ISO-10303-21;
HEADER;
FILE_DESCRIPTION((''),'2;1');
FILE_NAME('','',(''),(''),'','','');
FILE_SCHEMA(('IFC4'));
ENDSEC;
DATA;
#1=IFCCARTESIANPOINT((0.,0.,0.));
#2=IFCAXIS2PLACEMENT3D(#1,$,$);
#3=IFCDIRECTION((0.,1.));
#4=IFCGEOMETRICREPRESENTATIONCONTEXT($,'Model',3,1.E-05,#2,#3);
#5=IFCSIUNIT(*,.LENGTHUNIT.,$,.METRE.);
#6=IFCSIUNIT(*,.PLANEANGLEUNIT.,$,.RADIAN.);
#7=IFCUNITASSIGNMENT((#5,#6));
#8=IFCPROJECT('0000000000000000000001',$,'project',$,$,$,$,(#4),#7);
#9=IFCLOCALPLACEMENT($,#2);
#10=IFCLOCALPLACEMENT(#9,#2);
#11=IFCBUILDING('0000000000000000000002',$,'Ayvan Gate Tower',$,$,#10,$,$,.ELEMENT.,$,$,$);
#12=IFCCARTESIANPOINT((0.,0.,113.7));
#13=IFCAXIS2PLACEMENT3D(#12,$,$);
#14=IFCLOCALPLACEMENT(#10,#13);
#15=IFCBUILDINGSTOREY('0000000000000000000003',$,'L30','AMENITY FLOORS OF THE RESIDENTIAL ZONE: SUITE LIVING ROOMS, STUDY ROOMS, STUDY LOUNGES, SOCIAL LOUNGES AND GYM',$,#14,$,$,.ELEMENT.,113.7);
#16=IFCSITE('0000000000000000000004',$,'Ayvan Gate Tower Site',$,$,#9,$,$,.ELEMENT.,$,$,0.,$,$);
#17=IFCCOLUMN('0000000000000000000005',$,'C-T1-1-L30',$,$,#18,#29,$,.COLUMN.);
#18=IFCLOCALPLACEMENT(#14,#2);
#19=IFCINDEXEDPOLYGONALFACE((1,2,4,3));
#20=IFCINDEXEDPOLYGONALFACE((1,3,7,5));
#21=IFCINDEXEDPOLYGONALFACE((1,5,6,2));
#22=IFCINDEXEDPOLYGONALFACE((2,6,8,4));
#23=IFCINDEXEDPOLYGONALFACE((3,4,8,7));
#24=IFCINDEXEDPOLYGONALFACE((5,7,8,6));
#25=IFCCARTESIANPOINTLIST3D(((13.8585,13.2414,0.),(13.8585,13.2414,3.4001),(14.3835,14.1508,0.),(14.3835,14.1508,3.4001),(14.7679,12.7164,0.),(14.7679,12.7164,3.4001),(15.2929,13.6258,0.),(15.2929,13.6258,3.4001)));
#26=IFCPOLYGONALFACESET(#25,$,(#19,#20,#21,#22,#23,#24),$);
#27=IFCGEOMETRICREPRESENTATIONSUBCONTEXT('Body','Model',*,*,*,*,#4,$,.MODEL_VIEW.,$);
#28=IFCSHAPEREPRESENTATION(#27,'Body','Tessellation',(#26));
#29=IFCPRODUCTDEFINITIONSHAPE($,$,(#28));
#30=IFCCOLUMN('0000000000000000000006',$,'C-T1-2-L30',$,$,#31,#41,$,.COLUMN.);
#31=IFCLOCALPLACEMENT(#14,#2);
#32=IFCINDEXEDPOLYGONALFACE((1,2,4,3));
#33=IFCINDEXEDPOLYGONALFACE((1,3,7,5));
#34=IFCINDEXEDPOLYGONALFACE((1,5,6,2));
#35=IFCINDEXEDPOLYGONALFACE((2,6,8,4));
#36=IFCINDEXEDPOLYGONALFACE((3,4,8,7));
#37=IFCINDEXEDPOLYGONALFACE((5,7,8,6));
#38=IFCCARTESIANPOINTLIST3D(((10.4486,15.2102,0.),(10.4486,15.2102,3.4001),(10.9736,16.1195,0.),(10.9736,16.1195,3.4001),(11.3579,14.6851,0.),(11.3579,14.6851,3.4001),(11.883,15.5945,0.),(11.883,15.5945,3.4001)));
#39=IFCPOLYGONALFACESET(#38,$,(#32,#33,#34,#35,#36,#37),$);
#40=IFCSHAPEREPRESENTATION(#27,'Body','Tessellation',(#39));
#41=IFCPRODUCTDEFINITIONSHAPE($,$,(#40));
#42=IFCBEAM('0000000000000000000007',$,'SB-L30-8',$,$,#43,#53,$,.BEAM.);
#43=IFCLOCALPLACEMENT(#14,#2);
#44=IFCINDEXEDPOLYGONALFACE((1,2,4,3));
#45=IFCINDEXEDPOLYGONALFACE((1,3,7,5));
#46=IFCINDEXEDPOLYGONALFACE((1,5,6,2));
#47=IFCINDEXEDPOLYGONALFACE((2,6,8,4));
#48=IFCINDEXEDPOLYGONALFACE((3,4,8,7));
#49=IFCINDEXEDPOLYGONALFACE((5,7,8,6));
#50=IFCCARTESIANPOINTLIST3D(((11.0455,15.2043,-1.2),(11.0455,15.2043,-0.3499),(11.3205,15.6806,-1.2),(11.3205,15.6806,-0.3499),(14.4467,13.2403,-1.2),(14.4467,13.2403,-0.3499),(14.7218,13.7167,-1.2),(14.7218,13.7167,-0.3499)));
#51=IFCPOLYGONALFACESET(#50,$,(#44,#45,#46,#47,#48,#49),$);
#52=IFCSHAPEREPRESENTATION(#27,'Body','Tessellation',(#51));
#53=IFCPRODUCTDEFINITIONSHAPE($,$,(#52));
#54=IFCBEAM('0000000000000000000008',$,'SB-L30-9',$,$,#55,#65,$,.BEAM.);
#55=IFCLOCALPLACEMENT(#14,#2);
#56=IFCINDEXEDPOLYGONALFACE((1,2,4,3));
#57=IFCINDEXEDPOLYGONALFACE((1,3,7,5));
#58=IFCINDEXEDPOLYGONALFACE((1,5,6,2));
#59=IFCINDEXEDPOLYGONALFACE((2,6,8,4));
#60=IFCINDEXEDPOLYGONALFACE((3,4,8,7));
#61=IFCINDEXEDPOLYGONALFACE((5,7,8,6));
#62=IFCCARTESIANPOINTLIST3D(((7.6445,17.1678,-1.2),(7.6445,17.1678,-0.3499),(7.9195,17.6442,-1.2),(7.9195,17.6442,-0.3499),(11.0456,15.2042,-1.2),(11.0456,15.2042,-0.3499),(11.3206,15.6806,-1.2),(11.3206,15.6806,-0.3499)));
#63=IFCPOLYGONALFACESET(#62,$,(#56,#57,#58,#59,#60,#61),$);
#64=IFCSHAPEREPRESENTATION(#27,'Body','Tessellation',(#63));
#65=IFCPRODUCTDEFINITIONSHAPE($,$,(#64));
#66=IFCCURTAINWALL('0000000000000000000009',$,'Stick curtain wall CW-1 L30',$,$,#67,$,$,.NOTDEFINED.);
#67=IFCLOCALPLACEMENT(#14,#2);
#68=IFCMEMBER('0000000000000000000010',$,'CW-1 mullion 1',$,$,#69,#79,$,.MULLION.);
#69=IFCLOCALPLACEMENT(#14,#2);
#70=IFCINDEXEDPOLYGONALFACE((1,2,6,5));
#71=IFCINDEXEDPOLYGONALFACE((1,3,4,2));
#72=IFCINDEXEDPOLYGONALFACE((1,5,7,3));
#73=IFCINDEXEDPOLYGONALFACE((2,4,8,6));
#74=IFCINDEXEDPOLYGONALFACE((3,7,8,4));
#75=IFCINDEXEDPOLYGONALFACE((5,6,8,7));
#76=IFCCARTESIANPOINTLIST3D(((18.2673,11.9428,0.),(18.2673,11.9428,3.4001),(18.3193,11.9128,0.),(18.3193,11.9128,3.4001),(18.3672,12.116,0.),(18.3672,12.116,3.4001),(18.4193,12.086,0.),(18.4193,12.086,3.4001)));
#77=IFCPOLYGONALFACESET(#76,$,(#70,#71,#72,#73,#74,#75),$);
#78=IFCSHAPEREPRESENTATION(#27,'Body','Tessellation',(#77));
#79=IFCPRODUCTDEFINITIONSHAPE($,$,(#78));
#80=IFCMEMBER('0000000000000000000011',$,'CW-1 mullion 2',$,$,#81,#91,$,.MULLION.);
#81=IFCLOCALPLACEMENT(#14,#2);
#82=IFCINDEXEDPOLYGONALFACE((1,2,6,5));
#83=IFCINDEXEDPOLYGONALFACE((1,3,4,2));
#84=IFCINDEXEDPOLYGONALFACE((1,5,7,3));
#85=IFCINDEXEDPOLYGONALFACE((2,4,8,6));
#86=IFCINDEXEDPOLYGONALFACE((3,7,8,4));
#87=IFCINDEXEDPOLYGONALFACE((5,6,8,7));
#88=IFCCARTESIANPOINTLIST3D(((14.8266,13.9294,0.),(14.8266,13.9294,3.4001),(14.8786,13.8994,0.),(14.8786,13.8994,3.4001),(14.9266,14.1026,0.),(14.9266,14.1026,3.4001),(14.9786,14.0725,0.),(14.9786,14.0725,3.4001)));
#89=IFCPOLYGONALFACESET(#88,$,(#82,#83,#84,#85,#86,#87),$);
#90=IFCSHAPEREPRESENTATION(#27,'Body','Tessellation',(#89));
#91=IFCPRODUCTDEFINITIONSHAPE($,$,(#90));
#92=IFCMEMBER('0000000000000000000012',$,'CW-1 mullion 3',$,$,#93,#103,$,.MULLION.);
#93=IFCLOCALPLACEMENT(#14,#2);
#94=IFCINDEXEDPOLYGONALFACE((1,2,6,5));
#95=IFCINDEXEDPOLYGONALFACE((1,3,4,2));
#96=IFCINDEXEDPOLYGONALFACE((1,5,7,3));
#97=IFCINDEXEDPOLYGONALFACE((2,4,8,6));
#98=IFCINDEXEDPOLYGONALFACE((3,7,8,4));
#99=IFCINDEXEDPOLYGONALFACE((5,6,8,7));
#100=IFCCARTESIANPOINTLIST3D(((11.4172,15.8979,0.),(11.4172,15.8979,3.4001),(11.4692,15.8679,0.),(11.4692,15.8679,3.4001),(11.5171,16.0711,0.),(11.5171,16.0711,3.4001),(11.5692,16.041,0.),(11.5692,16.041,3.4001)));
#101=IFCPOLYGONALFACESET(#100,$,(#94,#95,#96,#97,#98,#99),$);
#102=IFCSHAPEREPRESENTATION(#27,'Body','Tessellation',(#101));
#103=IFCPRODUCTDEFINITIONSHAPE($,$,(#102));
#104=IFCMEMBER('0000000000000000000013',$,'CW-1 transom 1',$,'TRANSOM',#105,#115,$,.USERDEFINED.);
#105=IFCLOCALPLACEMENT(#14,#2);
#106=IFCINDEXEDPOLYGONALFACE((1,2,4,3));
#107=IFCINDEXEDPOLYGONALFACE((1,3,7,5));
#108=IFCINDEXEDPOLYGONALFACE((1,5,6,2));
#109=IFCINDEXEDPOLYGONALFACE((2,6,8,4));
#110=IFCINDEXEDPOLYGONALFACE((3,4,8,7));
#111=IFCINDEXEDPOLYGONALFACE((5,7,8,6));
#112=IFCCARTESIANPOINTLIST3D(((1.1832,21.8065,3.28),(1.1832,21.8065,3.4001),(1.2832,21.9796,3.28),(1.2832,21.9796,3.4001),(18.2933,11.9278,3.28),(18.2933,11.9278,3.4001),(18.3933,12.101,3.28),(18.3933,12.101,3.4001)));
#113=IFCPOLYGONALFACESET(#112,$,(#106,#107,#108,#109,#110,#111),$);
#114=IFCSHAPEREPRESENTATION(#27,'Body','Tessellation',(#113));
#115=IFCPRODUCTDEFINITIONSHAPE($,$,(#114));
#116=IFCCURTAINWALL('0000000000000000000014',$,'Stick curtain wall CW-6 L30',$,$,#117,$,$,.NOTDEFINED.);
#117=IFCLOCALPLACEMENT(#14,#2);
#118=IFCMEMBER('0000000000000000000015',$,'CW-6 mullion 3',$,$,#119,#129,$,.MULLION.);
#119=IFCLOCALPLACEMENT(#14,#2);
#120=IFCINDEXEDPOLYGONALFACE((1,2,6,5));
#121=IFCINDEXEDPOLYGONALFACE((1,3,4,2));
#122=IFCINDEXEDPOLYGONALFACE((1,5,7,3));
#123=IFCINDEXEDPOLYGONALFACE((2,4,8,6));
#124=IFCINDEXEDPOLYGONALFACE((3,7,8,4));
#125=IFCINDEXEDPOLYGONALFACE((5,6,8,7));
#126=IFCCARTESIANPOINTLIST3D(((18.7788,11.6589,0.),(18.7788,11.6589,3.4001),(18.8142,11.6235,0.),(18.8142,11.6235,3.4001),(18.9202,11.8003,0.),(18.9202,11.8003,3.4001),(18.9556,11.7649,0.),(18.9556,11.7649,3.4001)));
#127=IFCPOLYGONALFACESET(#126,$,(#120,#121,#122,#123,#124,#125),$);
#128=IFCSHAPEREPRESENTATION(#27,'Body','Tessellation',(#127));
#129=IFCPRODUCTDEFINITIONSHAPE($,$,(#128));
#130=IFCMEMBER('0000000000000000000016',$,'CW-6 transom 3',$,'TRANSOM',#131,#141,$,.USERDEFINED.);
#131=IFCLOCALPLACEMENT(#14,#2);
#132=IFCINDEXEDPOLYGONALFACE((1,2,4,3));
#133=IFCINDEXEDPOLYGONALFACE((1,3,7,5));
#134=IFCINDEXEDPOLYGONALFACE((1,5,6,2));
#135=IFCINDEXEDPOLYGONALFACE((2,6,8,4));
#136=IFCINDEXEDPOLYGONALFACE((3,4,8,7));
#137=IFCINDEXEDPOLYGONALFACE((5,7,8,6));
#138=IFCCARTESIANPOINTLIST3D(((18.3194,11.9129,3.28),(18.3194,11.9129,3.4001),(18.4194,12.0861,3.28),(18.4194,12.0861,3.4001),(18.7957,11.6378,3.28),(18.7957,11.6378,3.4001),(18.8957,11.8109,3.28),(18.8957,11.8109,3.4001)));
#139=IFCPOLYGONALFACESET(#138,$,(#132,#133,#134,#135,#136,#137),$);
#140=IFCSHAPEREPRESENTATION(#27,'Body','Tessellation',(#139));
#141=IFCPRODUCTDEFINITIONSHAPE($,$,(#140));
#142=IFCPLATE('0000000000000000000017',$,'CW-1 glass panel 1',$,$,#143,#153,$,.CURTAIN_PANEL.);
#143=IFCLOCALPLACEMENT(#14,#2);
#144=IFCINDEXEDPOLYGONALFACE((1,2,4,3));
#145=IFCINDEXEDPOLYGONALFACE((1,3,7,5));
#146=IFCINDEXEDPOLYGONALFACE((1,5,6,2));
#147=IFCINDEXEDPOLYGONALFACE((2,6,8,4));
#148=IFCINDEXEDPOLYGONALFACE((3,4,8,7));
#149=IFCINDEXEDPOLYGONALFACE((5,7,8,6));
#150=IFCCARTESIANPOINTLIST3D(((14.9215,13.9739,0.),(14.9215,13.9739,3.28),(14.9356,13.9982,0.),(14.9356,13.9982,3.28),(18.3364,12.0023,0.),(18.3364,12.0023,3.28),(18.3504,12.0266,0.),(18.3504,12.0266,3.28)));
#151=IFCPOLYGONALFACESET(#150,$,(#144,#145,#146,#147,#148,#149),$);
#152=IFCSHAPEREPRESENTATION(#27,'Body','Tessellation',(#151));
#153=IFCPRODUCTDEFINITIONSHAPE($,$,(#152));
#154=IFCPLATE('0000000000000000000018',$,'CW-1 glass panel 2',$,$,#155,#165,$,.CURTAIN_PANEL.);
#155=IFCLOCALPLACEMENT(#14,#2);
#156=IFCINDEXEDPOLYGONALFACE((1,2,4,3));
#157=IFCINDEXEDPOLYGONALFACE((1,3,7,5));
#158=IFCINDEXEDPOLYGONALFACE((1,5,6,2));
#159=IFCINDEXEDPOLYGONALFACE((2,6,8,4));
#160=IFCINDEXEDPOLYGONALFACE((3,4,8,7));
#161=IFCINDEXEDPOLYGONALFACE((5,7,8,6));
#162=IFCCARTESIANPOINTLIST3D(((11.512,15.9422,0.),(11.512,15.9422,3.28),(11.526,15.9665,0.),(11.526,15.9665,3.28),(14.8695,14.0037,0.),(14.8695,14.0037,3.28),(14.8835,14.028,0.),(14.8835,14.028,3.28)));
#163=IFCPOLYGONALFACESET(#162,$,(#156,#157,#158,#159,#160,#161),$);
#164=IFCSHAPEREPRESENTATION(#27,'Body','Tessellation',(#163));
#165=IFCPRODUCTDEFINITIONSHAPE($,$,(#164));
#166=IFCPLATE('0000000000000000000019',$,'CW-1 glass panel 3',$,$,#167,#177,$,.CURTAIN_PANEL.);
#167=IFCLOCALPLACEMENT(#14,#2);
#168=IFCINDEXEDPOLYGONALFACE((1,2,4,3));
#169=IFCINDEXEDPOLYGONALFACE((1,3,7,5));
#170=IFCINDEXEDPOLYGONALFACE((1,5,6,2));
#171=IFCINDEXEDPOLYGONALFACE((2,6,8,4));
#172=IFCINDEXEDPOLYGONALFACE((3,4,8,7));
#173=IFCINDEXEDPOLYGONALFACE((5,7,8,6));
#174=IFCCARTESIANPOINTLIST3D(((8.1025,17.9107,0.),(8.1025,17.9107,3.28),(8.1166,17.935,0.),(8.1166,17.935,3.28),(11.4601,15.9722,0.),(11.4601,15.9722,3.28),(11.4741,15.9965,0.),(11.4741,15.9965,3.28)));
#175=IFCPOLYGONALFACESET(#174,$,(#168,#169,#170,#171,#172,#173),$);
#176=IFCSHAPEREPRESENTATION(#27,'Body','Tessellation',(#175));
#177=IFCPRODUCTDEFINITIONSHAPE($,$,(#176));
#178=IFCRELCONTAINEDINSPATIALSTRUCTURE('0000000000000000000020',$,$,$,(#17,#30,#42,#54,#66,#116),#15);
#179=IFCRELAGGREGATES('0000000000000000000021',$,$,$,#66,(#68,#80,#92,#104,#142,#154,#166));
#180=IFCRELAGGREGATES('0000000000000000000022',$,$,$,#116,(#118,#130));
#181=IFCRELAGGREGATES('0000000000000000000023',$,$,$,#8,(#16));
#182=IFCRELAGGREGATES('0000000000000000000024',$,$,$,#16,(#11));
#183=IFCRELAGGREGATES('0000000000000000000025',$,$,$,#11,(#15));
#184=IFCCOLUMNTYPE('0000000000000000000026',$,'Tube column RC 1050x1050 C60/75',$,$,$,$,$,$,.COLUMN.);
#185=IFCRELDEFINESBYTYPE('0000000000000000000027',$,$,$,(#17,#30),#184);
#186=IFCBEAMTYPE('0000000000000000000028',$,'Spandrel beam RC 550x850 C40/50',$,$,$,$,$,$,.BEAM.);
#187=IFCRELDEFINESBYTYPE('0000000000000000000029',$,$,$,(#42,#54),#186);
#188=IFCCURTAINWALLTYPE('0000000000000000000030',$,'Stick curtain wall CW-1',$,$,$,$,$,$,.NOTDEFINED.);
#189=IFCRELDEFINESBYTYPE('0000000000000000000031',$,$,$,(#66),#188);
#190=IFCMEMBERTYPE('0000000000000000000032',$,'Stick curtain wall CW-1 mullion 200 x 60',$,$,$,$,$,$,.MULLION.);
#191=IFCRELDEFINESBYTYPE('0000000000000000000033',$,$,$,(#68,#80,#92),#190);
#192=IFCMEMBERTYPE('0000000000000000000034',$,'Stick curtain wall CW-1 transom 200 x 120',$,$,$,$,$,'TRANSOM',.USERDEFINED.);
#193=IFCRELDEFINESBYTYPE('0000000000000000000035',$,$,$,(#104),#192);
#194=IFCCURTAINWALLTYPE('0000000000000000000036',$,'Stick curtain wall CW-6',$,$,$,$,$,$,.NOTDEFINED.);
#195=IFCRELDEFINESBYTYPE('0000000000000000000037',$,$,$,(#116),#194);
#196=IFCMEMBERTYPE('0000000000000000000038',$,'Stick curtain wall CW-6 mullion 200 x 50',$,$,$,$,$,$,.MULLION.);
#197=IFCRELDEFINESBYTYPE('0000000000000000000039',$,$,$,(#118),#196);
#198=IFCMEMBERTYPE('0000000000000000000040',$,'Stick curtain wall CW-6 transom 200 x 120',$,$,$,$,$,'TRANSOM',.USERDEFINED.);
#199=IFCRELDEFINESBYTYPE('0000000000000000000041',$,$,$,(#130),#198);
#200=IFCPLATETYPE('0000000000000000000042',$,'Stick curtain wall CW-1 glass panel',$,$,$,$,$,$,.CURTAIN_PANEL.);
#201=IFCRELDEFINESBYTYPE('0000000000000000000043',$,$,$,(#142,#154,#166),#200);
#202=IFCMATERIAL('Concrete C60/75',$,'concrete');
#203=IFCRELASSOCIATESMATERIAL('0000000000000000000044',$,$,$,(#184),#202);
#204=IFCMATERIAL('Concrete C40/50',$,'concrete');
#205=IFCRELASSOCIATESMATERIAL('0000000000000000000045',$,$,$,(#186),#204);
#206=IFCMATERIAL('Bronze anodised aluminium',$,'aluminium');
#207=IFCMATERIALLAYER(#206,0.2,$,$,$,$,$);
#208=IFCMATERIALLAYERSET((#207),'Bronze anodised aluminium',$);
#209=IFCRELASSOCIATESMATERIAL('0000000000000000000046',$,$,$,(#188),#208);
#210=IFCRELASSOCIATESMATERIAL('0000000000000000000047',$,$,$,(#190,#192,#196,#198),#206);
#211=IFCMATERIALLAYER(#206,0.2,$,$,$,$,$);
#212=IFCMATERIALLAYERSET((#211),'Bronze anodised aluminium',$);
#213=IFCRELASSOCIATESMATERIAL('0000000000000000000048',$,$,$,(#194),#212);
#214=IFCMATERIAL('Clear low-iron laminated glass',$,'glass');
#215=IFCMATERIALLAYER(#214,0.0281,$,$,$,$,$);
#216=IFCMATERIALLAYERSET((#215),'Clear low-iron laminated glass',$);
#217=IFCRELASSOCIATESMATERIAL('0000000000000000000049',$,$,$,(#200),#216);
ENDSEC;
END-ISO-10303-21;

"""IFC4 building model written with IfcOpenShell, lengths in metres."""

from ifc_helpers import new_model, si_unit, direction, frame, origin, origin_2d, place, context, subcontext, project, spatial, rectangle, extrude, material, layer, layer_set, material_profile, profile_set, type_object, element, aggregate, save


model = new_model("IFC4")

# Units and contexts
model_context = context("Model", 3, precision=1e-05, world=origin(), true_north=direction((0.0, 1.0)))
body_context = subcontext(model_context, "Body", "Model", "MODEL_VIEW")
ifc_project = project(units=[si_unit("LENGTHUNIT", "METRE"), si_unit("PLANEANGLEUNIT", "RADIAN")], contexts=[model_context])

# Site, building, storey
site_placement = place(None, origin())
site = spatial("IfcSite", under=ifc_project, at=site_placement, Name="Ayvan Gate Tower Site", CompositionType="ELEMENT", RefElevation=0.0)
building_placement = place(site_placement, origin())
building = spatial("IfcBuilding", under=site, at=building_placement, Name="Ayvan Gate Tower", CompositionType="ELEMENT")
storey_placement = place(building_placement, frame((0.0, 0.0, 113.7)))
storey = spatial("IfcBuildingStorey", under=building, at=storey_placement, Name="L30", Description="AMENITY FLOORS OF THE RESIDENTIAL ZONE: SUITE LIVING ROOMS, STUDY ROOMS, STUDY LOUNGES, SOCIAL LOUNGES AND GYM", CompositionType="ELEMENT", Elevation=113.7)

# Columns
ifc_material_1 = material(Name="Concrete C60/75", Category="concrete")
ifc_material_profile_1 = material_profile(ifc_material_1, rectangle(XDim=1.05, YDim=1.05, at=origin_2d()), Name="RC 1050x1050")
ifc_profile_set_1 = profile_set([ifc_material_profile_1], Name="Concrete C60/75")
column_type = type_object("IfcColumnType", Name="Tube column RC 1050x1050 C60/75", PredefinedType="COLUMN", material=ifc_profile_set_1)
for number, where, z_axis, x_axis, name in (
    (1, (14.5757, 13.4336, 0.0), (0.0, 0.0, 1.0), (0.5, 0.866025, 0.0), "C-T1-1-L30"),
    (2, (11.1658, 15.4023, 0.0), (0.0, 0.0, 1.0), (0.5, 0.866025, 0.0), "C-T1-2-L30"),
):
    element("IfcColumn", number, at=place(storey_placement, frame(where, z_axis=z_axis, x_axis=x_axis)), inside=storey, type_object=column_type, Name=name, PredefinedType="COLUMN", context=body_context, shape_type="SweptSolid", body=[
        extrude(rectangle(XDim=1.05, YDim=1.05, at=origin_2d()), origin(), (0.0, 0.0, 1.0), 3.4001),
    ])

# Beams
ifc_material_2 = material(Name="Concrete C40/50", Category="concrete")
ifc_material_profile_2 = material_profile(ifc_material_2, rectangle(XDim=0.55, YDim=0.8501, at=origin_2d()), Name="RC 550x850")
ifc_profile_set_2 = profile_set([ifc_material_profile_2], Name="Concrete C40/50")
beam_type = type_object("IfcBeamType", Name="Spandrel beam RC 550x850 C40/50", PredefinedType="BEAM", material=ifc_profile_set_2)
beam_1_placement = place(storey_placement, frame((14.5842, 13.4785, -0.7749), z_axis=(-0.866, 0.500044, 0.0), x_axis=(-0.500044, -0.866, 0.0)))
element("IfcBeam", 3, at=beam_1_placement, inside=storey, type_object=beam_type, Name="SB-L30-8", PredefinedType="BEAM", context=body_context, shape_type="SweptSolid", body=[
    extrude(rectangle(XDim=0.55, YDim=0.8501, at=origin_2d()), origin(), (0.0, 0.0, 1.0), 3.9275),
])
beam_2_placement = place(storey_placement, frame((11.1831, 15.4424, -0.7749), z_axis=(-0.866027, 0.499997, 0.0), x_axis=(-0.499997, -0.866027, 0.0)))
element("IfcBeam", 4, at=beam_2_placement, inside=storey, type_object=beam_type, Name="SB-L30-9", PredefinedType="BEAM", context=body_context, shape_type="SweptSolid", body=[
    extrude(rectangle(XDim=0.55, YDim=0.8501, at=origin_2d()), origin(), (0.0, 0.0, 1.0), 3.9272),
])

# Curtain walls, members
ifc_material_3 = material(Name="Bronze anodised aluminium", Category="aluminium")
ifc_layer_1 = layer(ifc_material_3, 0.2)
ifc_layer_set_1 = layer_set([ifc_layer_1], Name="Bronze anodised aluminium")
curtain_wall_type_1 = type_object("IfcCurtainWallType", Name="Stick curtain wall CW-1", PredefinedType="NOTDEFINED", material=ifc_layer_set_1)
curtain_wall_1_placement = place(storey_placement, origin())
curtain_wall_1 = element("IfcCurtainWall", 5, at=curtain_wall_1_placement, inside=storey, type_object=curtain_wall_type_1, Name="Stick curtain wall CW-1 L30", PredefinedType="NOTDEFINED")
ifc_material_profile_3 = material_profile(ifc_material_3, rectangle(XDim=0.2, YDim=0.0601, at=origin_2d()), Name="Stick curtain wall CW-1 mullion 200 x 60")
ifc_profile_set_3 = profile_set([ifc_material_profile_3], Name="Bronze anodised aluminium")
member_type_1 = type_object("IfcMemberType", Name="Stick curtain wall CW-1 mullion 200 x 60", PredefinedType="MULLION", material=ifc_profile_set_3)
member_1_placement = place(storey_placement, frame((18.3433, 12.0144, 0.0), z_axis=(0.0, 0.0, 1.0), x_axis=(0.5, 0.866025, 0.0)))
member_1 = element("IfcMember", 6, at=member_1_placement, type_object=member_type_1, Name="CW-1 mullion 1", PredefinedType="MULLION", context=body_context, shape_type="SweptSolid", body=[
    extrude(rectangle(XDim=0.2, YDim=0.0601, at=origin_2d()), origin(), (0.0, 0.0, 1.0), 3.4001),
])
member_2_placement = place(storey_placement, frame((14.9026, 14.001, 0.0), z_axis=(0.0, 0.0, 1.0), x_axis=(0.5, 0.866025, 0.0)))
member_2 = element("IfcMember", 7, at=member_2_placement, type_object=member_type_1, Name="CW-1 mullion 2", PredefinedType="MULLION", context=body_context, shape_type="SweptSolid", body=[
    extrude(rectangle(XDim=0.2, YDim=0.0601, at=origin_2d()), origin(), (0.0, 0.0, 1.0), 3.4001),
])
member_3_placement = place(storey_placement, frame((11.4932, 15.9695, 0.0), z_axis=(0.0, 0.0, 1.0), x_axis=(0.5, 0.866025, 0.0)))
member_3 = element("IfcMember", 8, at=member_3_placement, type_object=member_type_1, Name="CW-1 mullion 3", PredefinedType="MULLION", context=body_context, shape_type="SweptSolid", body=[
    extrude(rectangle(XDim=0.2, YDim=0.0601, at=origin_2d()), origin(), (0.0, 0.0, 1.0), 3.4001),
])
ifc_material_profile_4 = material_profile(ifc_material_3, rectangle(XDim=0.2, YDim=0.1201, at=origin_2d()), Name="Stick curtain wall CW-1 transom 200 x 120")
ifc_profile_set_4 = profile_set([ifc_material_profile_4], Name="Bronze anodised aluminium")
member_type_2 = type_object("IfcMemberType", Name="Stick curtain wall CW-1 transom 200 x 120", ElementType="TRANSOM", PredefinedType="USERDEFINED", material=ifc_profile_set_4)
member_4_placement = place(storey_placement, frame((18.3433, 12.0144, 3.3401), z_axis=(-0.866022, 0.500005, 0.0), x_axis=(-0.500005, -0.866022, 0.0)))
member_4 = element("IfcMember", 9, at=member_4_placement, type_object=member_type_2, Name="CW-1 transom 1", ObjectType="TRANSOM", PredefinedType="USERDEFINED", context=body_context, shape_type="SweptSolid", body=[
    extrude(rectangle(XDim=0.2, YDim=0.1201, at=origin_2d()), origin(), (0.0, 0.0, 1.0), 19.7571),
])
ifc_layer_2 = layer(ifc_material_3, 0.2)
ifc_layer_set_2 = layer_set([ifc_layer_2], Name="Bronze anodised aluminium")
curtain_wall_type_2 = type_object("IfcCurtainWallType", Name="Stick curtain wall CW-6", PredefinedType="NOTDEFINED", material=ifc_layer_set_2)
curtain_wall_2_placement = place(storey_placement, origin())
curtain_wall_2 = element("IfcCurtainWall", 10, at=curtain_wall_2_placement, inside=storey, type_object=curtain_wall_type_2, Name="Stick curtain wall CW-6 L30", PredefinedType="NOTDEFINED")
ifc_material_profile_5 = material_profile(ifc_material_3, rectangle(XDim=0.2, YDim=0.05, at=origin_2d()), Name="Stick curtain wall CW-6 mullion 200 x 50")
ifc_profile_set_5 = profile_set([ifc_material_profile_5], Name="Bronze anodised aluminium")
member_type_3 = type_object("IfcMemberType", Name="Stick curtain wall CW-6 mullion 200 x 50", PredefinedType="MULLION", material=ifc_profile_set_5)
member_5_placement = place(storey_placement, frame((18.8672, 11.7119, 0.0), z_axis=(0.0, 0.0, 1.0), x_axis=(0.707107, 0.707107, 0.0)))
member_5 = element("IfcMember", 11, at=member_5_placement, type_object=member_type_3, Name="CW-6 mullion 3", PredefinedType="MULLION", context=body_context, shape_type="SweptSolid", body=[
    extrude(rectangle(XDim=0.2, YDim=0.05, at=origin_2d()), origin(), (0.0, 0.0, 1.0), 3.4001),
])
ifc_material_profile_6 = material_profile(ifc_material_3, rectangle(XDim=0.2, YDim=0.1201, at=origin_2d()), Name="Stick curtain wall CW-6 transom 200 x 120")
ifc_profile_set_6 = profile_set([ifc_material_profile_6], Name="Bronze anodised aluminium")
member_type_4 = type_object("IfcMemberType", Name="Stick curtain wall CW-6 transom 200 x 120", ElementType="TRANSOM", PredefinedType="USERDEFINED", material=ifc_profile_set_6)
member_6_placement = place(storey_placement, frame((18.8457, 11.7244, 3.3401), z_axis=(-0.865912, 0.500196, 0.0), x_axis=(-0.500196, -0.865912, 0.0)))
member_6 = element("IfcMember", 12, at=member_6_placement, type_object=member_type_4, Name="CW-6 transom 3", ObjectType="TRANSOM", PredefinedType="USERDEFINED", context=body_context, shape_type="SweptSolid", body=[
    extrude(rectangle(XDim=0.2, YDim=0.1201, at=origin_2d()), origin(), (0.0, 0.0, 1.0), 0.55),
])

# Plates
ifc_material_4 = material(Name="Clear low-iron laminated glass", Category="glass")
ifc_layer_3 = layer(ifc_material_4, 0.0281)
ifc_layer_set_3 = layer_set([ifc_layer_3], Name="Clear low-iron laminated glass")
plate_type_1 = type_object("IfcPlateType", Name="Stick curtain wall CW-1 glass panel", PredefinedType="CURTAIN_PANEL", material=ifc_layer_set_3)
plate_1_placement = place(storey_placement, frame((16.636, 13.0002, 0.0), z_axis=(0.0, 0.0, 1.0), x_axis=(-0.866025, 0.5, 0.0)))
plate_1 = element("IfcPlate", 13, at=plate_1_placement, type_object=plate_type_1, Name="CW-1 glass panel 1", PredefinedType="CURTAIN_PANEL", context=body_context, shape_type="SweptSolid", body=[
    extrude(rectangle(XDim=3.9431, YDim=0.0281, at=origin_2d()), origin(), (0.0, 0.0, 1.0), 3.28),
])
plate_2_placement = place(storey_placement, frame((13.1978, 14.9851, 0.0), z_axis=(0.0, 0.0, 1.0), x_axis=(-0.866025, 0.5, 0.0)))
plate_2 = element("IfcPlate", 14, at=plate_2_placement, type_object=plate_type_1, Name="CW-1 glass panel 2", PredefinedType="CURTAIN_PANEL", context=body_context, shape_type="SweptSolid", body=[
    extrude(rectangle(XDim=3.877, YDim=0.0281, at=origin_2d()), origin(), (0.0, 0.0, 1.0), 3.28),
])
plate_3_placement = place(storey_placement, frame((9.7883, 16.9536, 0.0), z_axis=(0.0, 0.0, 1.0), x_axis=(-0.866025, 0.5, 0.0)))
plate_3 = element("IfcPlate", 15, at=plate_3_placement, type_object=plate_type_1, Name="CW-1 glass panel 3", PredefinedType="CURTAIN_PANEL", context=body_context, shape_type="SweptSolid", body=[
    extrude(rectangle(XDim=3.877, YDim=0.0281, at=origin_2d()), origin(), (0.0, 0.0, 1.0), 3.28),
])
aggregate(curtain_wall_1, [member_1, member_2, member_3, member_4, plate_1, plate_2, plate_3])
aggregate(curtain_wall_2, [member_5, member_6])

save(model, "model.ifc")
